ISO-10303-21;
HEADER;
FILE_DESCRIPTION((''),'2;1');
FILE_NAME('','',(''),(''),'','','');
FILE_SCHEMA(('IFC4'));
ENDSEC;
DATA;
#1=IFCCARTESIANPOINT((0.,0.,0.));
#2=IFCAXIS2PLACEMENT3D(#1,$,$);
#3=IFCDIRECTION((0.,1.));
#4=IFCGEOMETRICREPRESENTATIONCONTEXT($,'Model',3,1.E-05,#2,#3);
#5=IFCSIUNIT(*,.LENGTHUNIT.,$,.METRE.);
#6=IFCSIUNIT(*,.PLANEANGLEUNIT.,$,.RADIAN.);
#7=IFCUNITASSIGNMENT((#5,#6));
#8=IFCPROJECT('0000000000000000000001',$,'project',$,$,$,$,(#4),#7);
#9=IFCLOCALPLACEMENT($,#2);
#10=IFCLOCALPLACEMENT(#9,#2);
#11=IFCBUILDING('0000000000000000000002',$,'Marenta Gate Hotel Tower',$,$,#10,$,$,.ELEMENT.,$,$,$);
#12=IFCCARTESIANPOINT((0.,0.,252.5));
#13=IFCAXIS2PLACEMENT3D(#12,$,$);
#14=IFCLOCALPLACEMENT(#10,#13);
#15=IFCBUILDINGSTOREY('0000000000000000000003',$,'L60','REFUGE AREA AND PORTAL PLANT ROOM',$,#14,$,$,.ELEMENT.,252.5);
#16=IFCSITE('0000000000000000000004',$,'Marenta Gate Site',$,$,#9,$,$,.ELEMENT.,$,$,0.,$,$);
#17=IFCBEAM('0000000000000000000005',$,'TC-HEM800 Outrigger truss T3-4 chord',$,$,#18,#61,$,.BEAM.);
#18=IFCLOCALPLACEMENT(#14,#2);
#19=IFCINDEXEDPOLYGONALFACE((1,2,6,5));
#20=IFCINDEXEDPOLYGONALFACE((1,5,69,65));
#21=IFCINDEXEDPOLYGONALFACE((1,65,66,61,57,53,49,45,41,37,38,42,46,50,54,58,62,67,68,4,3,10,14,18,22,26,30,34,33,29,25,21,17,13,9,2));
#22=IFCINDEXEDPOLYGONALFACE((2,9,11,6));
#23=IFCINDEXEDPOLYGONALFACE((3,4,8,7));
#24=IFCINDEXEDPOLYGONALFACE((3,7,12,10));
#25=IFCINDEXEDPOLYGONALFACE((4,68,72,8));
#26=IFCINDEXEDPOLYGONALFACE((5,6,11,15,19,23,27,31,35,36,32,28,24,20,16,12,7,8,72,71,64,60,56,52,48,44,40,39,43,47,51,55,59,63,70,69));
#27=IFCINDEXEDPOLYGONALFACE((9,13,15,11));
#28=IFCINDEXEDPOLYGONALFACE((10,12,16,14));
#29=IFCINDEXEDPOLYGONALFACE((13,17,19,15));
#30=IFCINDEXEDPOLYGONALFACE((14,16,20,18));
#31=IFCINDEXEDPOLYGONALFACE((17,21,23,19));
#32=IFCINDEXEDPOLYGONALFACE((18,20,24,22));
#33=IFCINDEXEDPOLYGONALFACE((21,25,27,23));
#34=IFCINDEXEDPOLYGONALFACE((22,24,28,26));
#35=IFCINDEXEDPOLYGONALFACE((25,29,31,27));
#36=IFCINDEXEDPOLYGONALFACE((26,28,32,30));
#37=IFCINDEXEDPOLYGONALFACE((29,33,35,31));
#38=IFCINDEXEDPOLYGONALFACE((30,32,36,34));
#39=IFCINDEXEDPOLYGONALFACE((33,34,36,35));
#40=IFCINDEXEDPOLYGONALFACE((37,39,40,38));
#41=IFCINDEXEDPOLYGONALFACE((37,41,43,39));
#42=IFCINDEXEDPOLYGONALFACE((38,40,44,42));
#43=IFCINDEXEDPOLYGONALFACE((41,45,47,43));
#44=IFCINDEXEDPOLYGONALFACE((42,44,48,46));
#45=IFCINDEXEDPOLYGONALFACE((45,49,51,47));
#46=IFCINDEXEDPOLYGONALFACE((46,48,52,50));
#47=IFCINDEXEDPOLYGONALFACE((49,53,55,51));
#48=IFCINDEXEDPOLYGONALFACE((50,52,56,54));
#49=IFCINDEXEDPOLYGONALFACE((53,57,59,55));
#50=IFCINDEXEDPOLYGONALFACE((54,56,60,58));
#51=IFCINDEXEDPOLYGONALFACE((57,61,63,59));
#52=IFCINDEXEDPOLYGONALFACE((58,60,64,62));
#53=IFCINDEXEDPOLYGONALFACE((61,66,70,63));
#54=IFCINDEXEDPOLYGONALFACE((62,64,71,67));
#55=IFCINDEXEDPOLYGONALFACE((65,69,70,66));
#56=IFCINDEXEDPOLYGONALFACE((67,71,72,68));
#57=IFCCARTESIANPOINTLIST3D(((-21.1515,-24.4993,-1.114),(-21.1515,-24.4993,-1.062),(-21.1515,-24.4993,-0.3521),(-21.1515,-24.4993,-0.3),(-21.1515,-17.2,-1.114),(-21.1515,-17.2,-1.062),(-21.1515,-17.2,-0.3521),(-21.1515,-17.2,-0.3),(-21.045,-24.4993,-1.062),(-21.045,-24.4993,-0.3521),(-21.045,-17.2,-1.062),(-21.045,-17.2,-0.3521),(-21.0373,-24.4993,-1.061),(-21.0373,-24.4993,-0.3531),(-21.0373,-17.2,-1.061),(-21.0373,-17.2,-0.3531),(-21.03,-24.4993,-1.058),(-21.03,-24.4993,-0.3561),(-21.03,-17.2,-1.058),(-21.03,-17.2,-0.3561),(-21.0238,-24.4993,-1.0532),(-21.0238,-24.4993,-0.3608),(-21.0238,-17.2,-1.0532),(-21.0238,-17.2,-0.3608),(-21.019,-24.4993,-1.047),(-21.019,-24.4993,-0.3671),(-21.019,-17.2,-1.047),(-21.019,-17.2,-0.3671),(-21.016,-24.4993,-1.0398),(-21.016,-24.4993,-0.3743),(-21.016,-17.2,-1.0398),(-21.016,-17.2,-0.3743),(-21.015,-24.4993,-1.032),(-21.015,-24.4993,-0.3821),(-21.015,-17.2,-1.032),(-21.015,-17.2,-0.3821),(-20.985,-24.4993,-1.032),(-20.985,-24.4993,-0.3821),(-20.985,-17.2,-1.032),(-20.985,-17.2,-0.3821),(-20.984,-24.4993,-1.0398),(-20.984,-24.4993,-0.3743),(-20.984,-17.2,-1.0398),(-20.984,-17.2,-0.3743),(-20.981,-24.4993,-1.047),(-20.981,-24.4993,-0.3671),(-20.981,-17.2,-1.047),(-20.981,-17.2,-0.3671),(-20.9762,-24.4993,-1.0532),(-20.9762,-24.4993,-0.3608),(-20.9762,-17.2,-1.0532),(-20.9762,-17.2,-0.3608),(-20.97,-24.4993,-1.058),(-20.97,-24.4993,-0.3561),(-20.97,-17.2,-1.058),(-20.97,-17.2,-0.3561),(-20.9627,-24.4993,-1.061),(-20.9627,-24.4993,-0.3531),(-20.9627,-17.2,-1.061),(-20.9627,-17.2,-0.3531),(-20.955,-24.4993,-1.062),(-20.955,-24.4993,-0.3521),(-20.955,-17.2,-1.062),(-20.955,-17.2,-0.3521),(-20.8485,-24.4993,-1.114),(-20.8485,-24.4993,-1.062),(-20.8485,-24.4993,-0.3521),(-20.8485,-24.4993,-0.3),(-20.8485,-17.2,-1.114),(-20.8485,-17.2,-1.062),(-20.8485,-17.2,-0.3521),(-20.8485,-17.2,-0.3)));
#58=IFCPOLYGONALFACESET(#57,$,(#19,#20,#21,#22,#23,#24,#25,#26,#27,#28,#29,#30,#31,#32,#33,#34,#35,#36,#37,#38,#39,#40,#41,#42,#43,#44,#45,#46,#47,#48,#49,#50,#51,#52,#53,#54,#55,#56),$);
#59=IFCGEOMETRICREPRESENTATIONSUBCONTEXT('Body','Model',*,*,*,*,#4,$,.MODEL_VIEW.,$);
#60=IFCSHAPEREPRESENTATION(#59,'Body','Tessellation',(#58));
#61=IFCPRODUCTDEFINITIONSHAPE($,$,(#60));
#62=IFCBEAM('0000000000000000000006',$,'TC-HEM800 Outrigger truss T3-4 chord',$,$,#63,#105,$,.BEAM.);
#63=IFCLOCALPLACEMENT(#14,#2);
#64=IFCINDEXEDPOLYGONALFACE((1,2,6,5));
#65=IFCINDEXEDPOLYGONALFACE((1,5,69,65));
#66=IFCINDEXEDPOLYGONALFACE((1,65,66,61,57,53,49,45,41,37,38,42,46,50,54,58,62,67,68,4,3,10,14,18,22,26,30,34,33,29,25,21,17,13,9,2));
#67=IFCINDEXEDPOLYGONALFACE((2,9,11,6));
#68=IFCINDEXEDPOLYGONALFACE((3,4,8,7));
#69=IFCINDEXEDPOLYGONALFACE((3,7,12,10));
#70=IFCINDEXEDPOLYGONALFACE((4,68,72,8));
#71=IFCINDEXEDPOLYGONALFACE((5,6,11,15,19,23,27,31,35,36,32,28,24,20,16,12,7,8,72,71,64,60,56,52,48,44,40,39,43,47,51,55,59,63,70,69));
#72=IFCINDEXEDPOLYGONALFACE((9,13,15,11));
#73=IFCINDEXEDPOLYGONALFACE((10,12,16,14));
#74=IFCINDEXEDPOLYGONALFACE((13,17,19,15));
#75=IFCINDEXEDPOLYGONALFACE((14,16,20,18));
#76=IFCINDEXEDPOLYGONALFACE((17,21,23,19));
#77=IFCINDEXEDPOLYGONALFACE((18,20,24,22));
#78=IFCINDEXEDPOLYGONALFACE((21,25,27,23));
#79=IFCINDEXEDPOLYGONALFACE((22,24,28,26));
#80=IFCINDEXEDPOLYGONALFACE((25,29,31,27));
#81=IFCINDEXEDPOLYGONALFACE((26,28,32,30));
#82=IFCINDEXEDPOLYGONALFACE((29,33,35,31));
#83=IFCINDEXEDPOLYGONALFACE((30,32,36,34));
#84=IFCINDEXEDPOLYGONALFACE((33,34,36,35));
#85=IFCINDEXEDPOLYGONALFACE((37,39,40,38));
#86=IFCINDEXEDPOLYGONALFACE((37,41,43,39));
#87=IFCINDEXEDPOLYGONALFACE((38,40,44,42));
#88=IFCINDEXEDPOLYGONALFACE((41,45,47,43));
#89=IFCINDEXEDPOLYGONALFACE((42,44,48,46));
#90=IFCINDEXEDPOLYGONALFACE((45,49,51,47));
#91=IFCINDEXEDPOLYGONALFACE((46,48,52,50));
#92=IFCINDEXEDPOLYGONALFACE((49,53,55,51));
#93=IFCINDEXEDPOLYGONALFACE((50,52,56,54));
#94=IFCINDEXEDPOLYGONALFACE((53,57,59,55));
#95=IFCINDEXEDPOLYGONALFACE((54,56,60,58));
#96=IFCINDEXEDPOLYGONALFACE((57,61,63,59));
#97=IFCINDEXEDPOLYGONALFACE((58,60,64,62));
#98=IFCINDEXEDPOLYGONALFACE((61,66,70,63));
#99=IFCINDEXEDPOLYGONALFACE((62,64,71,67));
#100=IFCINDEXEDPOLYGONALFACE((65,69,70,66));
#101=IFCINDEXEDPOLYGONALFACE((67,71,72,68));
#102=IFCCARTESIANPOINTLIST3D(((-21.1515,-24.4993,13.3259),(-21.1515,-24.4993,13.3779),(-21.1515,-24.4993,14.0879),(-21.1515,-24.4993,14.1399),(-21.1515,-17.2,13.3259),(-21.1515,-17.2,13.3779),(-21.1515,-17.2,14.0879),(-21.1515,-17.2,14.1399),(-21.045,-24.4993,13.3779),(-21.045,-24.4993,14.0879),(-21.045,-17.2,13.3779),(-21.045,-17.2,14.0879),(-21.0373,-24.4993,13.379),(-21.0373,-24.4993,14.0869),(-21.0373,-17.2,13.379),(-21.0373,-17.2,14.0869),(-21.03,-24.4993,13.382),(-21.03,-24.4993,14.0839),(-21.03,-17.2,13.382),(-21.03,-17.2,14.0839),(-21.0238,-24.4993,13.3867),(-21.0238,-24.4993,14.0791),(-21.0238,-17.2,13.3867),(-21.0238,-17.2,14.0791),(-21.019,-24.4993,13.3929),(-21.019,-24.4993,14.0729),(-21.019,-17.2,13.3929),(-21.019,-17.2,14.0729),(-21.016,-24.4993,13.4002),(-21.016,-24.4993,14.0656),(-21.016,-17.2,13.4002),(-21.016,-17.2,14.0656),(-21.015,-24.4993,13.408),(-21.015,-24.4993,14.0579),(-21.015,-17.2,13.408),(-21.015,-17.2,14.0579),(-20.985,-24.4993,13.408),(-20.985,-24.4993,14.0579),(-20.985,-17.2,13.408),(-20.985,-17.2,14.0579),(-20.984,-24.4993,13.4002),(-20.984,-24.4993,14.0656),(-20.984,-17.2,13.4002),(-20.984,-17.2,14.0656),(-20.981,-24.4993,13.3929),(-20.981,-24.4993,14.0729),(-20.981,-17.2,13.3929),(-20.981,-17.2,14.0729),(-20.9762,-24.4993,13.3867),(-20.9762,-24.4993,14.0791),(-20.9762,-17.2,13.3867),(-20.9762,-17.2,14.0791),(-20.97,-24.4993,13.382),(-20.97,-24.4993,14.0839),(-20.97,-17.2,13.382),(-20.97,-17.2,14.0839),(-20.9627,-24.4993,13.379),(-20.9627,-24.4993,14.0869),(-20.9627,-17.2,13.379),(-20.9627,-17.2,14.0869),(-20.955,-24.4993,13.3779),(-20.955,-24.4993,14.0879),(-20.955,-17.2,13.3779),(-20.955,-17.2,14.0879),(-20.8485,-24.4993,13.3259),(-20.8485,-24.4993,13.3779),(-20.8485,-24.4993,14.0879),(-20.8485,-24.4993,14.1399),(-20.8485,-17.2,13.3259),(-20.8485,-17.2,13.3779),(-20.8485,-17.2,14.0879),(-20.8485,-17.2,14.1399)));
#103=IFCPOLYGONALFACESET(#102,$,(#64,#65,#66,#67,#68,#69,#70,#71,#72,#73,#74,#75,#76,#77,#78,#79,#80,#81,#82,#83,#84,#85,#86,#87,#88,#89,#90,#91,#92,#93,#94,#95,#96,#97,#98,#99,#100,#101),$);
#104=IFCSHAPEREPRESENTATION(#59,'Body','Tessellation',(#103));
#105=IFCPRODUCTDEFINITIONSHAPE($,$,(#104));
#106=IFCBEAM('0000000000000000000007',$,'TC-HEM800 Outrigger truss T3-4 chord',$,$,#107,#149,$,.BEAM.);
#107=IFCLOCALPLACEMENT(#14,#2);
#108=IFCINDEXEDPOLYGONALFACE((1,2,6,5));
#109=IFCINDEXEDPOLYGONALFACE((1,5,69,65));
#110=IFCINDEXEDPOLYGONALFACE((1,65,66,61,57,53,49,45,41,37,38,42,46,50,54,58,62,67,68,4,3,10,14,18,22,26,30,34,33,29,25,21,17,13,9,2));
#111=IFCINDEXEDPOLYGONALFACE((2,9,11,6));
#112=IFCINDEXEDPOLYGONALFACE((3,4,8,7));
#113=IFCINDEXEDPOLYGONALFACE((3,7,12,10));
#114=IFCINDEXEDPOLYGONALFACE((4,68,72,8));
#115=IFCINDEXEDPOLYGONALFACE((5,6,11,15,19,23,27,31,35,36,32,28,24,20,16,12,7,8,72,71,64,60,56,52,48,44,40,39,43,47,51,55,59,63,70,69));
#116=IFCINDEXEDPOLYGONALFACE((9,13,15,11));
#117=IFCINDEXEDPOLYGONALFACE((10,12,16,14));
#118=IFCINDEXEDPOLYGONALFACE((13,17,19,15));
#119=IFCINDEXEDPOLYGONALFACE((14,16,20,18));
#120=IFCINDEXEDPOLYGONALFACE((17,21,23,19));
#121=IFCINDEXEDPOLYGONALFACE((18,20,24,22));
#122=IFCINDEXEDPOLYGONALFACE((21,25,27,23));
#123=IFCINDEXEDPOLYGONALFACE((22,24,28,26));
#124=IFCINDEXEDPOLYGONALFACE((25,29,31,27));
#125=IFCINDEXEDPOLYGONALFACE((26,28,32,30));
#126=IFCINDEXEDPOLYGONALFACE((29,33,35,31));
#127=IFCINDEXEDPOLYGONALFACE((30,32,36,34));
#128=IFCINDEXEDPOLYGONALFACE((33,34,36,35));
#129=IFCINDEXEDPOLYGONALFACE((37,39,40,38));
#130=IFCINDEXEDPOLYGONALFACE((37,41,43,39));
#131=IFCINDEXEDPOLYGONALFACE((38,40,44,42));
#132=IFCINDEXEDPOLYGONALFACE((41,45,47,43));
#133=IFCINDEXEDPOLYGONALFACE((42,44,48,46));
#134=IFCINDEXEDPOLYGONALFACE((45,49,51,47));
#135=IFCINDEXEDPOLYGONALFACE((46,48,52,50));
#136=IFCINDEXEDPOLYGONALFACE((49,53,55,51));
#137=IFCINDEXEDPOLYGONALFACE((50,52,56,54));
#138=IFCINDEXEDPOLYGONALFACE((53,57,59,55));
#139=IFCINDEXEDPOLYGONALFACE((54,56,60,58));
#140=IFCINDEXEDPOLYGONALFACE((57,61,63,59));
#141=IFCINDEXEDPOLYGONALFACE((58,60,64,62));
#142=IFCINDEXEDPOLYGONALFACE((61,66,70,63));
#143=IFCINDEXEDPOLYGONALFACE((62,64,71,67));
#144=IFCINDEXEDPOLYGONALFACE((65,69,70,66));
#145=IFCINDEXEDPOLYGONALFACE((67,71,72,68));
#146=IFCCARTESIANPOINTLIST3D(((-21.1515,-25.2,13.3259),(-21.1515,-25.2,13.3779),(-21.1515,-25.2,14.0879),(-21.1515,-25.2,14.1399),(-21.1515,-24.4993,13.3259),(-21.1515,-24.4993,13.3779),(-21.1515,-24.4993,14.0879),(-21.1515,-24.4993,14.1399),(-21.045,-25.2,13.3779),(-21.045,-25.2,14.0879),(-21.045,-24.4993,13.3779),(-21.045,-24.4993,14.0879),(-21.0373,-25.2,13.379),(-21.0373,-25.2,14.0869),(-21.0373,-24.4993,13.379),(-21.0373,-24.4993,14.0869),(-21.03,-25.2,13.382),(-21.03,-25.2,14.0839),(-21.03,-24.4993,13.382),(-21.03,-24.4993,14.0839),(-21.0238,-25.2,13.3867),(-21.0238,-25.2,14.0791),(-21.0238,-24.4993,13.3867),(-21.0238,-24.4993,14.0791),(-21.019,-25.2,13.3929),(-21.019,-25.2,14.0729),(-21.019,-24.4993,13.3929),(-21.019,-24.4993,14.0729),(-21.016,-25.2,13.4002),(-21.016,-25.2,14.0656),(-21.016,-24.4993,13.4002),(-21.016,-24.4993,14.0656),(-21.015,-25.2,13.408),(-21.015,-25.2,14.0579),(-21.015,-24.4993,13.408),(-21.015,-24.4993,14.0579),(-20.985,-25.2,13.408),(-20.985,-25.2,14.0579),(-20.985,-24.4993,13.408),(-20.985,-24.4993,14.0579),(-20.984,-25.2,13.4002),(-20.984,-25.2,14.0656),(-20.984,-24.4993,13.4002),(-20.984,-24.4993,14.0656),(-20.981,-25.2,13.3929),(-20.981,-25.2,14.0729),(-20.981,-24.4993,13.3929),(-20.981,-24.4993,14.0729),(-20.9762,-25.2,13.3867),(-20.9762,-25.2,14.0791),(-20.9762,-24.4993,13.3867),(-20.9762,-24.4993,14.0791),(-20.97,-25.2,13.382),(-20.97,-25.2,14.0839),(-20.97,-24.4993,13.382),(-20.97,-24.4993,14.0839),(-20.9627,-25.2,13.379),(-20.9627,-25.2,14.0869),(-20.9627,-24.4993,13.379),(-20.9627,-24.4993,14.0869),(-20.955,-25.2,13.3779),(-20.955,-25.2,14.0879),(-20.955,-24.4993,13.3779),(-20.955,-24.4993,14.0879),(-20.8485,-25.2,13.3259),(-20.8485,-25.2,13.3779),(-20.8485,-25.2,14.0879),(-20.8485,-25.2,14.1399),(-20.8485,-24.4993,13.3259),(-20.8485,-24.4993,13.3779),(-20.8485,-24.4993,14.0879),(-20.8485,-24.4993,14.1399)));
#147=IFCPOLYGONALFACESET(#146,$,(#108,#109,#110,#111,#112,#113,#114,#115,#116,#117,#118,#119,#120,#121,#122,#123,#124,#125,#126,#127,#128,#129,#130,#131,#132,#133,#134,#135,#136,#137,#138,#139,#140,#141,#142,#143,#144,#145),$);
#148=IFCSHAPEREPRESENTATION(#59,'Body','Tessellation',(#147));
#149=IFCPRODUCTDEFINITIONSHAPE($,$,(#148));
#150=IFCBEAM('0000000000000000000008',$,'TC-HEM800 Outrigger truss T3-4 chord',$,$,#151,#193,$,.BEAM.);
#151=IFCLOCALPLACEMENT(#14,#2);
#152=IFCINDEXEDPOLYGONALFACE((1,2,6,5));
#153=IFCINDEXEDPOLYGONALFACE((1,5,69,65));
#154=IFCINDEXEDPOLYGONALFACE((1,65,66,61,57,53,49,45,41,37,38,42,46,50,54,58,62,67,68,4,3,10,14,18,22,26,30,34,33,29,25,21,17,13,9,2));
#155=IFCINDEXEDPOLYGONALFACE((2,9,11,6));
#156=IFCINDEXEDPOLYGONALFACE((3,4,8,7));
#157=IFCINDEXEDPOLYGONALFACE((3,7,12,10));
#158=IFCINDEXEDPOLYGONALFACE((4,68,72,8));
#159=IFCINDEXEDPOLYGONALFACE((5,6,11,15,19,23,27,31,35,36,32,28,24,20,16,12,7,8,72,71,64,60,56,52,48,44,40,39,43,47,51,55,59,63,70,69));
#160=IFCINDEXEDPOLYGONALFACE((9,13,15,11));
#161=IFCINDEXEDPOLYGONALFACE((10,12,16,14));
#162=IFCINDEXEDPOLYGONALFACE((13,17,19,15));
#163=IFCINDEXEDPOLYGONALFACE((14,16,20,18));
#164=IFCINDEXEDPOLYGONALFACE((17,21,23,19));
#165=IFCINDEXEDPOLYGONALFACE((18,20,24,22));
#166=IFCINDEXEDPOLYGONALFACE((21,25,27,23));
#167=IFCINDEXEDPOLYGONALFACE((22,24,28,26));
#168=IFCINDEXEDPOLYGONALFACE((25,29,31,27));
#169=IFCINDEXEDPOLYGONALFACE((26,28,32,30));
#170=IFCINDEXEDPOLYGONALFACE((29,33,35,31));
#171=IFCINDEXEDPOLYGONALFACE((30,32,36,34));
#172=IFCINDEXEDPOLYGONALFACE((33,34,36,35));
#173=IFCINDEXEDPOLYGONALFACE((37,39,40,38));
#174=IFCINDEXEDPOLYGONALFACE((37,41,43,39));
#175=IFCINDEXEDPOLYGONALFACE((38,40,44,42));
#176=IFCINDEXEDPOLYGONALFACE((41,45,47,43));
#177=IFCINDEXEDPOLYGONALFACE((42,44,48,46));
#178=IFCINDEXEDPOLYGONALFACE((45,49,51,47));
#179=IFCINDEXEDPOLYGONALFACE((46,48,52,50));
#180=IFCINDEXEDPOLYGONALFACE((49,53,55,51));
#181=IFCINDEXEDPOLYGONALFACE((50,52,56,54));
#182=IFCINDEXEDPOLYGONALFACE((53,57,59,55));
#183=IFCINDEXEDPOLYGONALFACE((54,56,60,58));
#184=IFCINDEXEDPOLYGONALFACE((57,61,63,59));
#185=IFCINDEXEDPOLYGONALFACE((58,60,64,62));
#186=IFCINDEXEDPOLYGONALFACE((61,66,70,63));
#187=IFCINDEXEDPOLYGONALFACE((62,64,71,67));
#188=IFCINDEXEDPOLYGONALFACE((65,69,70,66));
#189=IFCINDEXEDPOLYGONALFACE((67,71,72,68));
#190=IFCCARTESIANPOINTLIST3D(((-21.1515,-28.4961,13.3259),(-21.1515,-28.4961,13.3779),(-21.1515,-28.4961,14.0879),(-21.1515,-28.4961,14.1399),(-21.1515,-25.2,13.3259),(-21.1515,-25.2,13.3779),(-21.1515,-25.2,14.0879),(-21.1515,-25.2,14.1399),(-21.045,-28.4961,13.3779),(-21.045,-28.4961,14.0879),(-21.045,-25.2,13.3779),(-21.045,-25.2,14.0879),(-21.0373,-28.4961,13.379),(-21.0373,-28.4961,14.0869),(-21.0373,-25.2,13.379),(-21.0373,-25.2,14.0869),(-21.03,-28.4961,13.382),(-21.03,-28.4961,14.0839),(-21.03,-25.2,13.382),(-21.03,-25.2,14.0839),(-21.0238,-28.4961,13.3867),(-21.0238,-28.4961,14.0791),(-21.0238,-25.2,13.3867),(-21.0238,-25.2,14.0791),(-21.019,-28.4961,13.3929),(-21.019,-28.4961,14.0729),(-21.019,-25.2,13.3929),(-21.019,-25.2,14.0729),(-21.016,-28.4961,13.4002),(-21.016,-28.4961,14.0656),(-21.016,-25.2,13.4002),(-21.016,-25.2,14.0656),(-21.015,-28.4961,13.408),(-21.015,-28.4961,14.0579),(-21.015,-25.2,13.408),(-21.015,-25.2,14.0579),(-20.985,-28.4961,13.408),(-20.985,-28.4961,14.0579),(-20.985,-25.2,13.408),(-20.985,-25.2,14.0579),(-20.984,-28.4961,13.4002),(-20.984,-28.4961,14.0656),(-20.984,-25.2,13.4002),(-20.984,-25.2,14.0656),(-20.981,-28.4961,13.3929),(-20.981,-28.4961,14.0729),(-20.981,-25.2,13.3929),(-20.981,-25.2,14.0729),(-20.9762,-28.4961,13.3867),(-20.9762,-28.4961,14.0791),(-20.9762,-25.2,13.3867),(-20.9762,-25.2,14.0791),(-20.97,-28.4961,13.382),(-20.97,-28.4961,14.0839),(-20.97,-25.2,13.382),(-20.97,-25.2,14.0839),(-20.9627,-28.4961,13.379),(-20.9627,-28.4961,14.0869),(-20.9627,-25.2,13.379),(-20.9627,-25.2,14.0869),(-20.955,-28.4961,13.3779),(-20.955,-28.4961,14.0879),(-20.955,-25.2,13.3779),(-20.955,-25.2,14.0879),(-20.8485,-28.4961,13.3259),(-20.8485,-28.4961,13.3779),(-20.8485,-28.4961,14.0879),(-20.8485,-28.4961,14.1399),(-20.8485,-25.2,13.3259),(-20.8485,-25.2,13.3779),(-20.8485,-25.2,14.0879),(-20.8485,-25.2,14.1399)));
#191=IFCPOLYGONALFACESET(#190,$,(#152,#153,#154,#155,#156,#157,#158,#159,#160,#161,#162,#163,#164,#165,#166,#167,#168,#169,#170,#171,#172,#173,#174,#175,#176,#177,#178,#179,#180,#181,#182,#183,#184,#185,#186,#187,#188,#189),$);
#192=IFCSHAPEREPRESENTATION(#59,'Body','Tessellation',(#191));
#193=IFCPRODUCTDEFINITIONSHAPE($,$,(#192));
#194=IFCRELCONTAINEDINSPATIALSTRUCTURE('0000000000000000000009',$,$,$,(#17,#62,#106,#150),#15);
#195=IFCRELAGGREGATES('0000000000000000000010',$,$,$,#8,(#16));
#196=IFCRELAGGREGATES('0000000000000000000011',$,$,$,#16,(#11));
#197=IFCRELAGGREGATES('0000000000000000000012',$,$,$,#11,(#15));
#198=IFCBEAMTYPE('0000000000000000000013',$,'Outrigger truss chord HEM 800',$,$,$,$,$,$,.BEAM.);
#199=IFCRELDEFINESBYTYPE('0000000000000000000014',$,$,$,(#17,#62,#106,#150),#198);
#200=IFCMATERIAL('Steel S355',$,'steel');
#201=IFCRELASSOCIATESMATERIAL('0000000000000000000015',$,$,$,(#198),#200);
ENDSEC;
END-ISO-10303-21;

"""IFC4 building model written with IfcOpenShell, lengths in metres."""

from ifc_helpers import new_model, si_unit, direction, frame, origin, origin_2d, place, context, subcontext, project, spatial, i_section, extrude, material, material_profile, profile_set, type_object, element, save


model = new_model("IFC4")

# Units and contexts
model_context = context("Model", 3, precision=1e-05, world=origin(), true_north=direction((0.0, 1.0)))
body_context = subcontext(model_context, "Body", "Model", "MODEL_VIEW")
ifc_project = project(units=[si_unit("LENGTHUNIT", "METRE"), si_unit("PLANEANGLEUNIT", "RADIAN")], contexts=[model_context])

# Site, building, storey
site_placement = place(None, origin())
site = spatial("IfcSite", under=ifc_project, at=site_placement, Name="Marenta Gate Site", CompositionType="ELEMENT", RefElevation=0.0)
building_placement = place(site_placement, origin())
building = spatial("IfcBuilding", under=site, at=building_placement, Name="Marenta Gate Hotel Tower", CompositionType="ELEMENT")
storey_placement = place(building_placement, frame((0.0, 0.0, 252.5)))
storey = spatial("IfcBuildingStorey", under=building, at=storey_placement, Name="L60", Description="REFUGE AREA AND PORTAL PLANT ROOM", CompositionType="ELEMENT", Elevation=252.5)

# Beams
ifc_material_1 = material(Name="Steel S355", Category="steel")
ifc_material_profile_1 = material_profile(ifc_material_1, i_section(OverallWidth=0.303, OverallDepth=0.814, WebThickness=0.03, FlangeThickness=0.052, FilletRadius=0.03, at=origin_2d()), Name="HEM 800")
ifc_profile_set_1 = profile_set([ifc_material_profile_1], Name="Steel S355")
beam_type_1 = type_object("IfcBeamType", Name="Outrigger truss chord HEM 800", PredefinedType="BEAM", material=ifc_profile_set_1)
for number, where, z_axis, x_axis, name in (
    (1, (-21.0, -17.2, -0.707), (0.0, -1.0, 0.0), (1.0, 0.0, 0.0), "TC-HEM800 Outrigger truss T3-4 chord"),
    (2, (-21.0, -17.2, 13.7329), (0.0, -1.0, 0.0), (1.0, 0.0, 0.0), "TC-HEM800 Outrigger truss T3-4 chord"),
):
    element("IfcBeam", number, at=place(storey_placement, frame(where, z_axis=z_axis, x_axis=x_axis)), inside=storey, type_object=beam_type_1, Name=name, PredefinedType="BEAM", context=body_context, shape_type="SweptSolid", body=[
        extrude(i_section(OverallWidth=0.303, OverallDepth=0.814, WebThickness=0.03, FlangeThickness=0.052, FilletRadius=0.03, at=origin_2d()), origin(), (0.0, 0.0, 1.0), 7.2993),
    ])
beam_1_placement = place(storey_placement, frame((-21.0, -24.4993, 13.7329), z_axis=(0.0, -1.0, 0.0), x_axis=(1.0, 0.0, 0.0)))
element("IfcBeam", 3, at=beam_1_placement, inside=storey, type_object=beam_type_1, Name="TC-HEM800 Outrigger truss T3-4 chord", PredefinedType="BEAM", context=body_context, shape_type="SweptSolid", body=[
    extrude(i_section(OverallWidth=0.303, OverallDepth=0.814, WebThickness=0.03, FlangeThickness=0.052, FilletRadius=0.03, at=origin_2d()), origin(), (0.0, 0.0, 1.0), 0.7007),
])
beam_2_placement = place(storey_placement, frame((-21.0, -25.2, 13.7329), z_axis=(0.0, -1.0, 0.0), x_axis=(1.0, 0.0, 0.0)))
element("IfcBeam", 4, at=beam_2_placement, inside=storey, type_object=beam_type_1, Name="TC-HEM800 Outrigger truss T3-4 chord", PredefinedType="BEAM", context=body_context, shape_type="SweptSolid", body=[
    extrude(i_section(OverallWidth=0.303, OverallDepth=0.814, WebThickness=0.03, FlangeThickness=0.052, FilletRadius=0.03, at=origin_2d()), origin(), (0.0, 0.0, 1.0), 3.2961),
])

save(model, "model.ifc")
